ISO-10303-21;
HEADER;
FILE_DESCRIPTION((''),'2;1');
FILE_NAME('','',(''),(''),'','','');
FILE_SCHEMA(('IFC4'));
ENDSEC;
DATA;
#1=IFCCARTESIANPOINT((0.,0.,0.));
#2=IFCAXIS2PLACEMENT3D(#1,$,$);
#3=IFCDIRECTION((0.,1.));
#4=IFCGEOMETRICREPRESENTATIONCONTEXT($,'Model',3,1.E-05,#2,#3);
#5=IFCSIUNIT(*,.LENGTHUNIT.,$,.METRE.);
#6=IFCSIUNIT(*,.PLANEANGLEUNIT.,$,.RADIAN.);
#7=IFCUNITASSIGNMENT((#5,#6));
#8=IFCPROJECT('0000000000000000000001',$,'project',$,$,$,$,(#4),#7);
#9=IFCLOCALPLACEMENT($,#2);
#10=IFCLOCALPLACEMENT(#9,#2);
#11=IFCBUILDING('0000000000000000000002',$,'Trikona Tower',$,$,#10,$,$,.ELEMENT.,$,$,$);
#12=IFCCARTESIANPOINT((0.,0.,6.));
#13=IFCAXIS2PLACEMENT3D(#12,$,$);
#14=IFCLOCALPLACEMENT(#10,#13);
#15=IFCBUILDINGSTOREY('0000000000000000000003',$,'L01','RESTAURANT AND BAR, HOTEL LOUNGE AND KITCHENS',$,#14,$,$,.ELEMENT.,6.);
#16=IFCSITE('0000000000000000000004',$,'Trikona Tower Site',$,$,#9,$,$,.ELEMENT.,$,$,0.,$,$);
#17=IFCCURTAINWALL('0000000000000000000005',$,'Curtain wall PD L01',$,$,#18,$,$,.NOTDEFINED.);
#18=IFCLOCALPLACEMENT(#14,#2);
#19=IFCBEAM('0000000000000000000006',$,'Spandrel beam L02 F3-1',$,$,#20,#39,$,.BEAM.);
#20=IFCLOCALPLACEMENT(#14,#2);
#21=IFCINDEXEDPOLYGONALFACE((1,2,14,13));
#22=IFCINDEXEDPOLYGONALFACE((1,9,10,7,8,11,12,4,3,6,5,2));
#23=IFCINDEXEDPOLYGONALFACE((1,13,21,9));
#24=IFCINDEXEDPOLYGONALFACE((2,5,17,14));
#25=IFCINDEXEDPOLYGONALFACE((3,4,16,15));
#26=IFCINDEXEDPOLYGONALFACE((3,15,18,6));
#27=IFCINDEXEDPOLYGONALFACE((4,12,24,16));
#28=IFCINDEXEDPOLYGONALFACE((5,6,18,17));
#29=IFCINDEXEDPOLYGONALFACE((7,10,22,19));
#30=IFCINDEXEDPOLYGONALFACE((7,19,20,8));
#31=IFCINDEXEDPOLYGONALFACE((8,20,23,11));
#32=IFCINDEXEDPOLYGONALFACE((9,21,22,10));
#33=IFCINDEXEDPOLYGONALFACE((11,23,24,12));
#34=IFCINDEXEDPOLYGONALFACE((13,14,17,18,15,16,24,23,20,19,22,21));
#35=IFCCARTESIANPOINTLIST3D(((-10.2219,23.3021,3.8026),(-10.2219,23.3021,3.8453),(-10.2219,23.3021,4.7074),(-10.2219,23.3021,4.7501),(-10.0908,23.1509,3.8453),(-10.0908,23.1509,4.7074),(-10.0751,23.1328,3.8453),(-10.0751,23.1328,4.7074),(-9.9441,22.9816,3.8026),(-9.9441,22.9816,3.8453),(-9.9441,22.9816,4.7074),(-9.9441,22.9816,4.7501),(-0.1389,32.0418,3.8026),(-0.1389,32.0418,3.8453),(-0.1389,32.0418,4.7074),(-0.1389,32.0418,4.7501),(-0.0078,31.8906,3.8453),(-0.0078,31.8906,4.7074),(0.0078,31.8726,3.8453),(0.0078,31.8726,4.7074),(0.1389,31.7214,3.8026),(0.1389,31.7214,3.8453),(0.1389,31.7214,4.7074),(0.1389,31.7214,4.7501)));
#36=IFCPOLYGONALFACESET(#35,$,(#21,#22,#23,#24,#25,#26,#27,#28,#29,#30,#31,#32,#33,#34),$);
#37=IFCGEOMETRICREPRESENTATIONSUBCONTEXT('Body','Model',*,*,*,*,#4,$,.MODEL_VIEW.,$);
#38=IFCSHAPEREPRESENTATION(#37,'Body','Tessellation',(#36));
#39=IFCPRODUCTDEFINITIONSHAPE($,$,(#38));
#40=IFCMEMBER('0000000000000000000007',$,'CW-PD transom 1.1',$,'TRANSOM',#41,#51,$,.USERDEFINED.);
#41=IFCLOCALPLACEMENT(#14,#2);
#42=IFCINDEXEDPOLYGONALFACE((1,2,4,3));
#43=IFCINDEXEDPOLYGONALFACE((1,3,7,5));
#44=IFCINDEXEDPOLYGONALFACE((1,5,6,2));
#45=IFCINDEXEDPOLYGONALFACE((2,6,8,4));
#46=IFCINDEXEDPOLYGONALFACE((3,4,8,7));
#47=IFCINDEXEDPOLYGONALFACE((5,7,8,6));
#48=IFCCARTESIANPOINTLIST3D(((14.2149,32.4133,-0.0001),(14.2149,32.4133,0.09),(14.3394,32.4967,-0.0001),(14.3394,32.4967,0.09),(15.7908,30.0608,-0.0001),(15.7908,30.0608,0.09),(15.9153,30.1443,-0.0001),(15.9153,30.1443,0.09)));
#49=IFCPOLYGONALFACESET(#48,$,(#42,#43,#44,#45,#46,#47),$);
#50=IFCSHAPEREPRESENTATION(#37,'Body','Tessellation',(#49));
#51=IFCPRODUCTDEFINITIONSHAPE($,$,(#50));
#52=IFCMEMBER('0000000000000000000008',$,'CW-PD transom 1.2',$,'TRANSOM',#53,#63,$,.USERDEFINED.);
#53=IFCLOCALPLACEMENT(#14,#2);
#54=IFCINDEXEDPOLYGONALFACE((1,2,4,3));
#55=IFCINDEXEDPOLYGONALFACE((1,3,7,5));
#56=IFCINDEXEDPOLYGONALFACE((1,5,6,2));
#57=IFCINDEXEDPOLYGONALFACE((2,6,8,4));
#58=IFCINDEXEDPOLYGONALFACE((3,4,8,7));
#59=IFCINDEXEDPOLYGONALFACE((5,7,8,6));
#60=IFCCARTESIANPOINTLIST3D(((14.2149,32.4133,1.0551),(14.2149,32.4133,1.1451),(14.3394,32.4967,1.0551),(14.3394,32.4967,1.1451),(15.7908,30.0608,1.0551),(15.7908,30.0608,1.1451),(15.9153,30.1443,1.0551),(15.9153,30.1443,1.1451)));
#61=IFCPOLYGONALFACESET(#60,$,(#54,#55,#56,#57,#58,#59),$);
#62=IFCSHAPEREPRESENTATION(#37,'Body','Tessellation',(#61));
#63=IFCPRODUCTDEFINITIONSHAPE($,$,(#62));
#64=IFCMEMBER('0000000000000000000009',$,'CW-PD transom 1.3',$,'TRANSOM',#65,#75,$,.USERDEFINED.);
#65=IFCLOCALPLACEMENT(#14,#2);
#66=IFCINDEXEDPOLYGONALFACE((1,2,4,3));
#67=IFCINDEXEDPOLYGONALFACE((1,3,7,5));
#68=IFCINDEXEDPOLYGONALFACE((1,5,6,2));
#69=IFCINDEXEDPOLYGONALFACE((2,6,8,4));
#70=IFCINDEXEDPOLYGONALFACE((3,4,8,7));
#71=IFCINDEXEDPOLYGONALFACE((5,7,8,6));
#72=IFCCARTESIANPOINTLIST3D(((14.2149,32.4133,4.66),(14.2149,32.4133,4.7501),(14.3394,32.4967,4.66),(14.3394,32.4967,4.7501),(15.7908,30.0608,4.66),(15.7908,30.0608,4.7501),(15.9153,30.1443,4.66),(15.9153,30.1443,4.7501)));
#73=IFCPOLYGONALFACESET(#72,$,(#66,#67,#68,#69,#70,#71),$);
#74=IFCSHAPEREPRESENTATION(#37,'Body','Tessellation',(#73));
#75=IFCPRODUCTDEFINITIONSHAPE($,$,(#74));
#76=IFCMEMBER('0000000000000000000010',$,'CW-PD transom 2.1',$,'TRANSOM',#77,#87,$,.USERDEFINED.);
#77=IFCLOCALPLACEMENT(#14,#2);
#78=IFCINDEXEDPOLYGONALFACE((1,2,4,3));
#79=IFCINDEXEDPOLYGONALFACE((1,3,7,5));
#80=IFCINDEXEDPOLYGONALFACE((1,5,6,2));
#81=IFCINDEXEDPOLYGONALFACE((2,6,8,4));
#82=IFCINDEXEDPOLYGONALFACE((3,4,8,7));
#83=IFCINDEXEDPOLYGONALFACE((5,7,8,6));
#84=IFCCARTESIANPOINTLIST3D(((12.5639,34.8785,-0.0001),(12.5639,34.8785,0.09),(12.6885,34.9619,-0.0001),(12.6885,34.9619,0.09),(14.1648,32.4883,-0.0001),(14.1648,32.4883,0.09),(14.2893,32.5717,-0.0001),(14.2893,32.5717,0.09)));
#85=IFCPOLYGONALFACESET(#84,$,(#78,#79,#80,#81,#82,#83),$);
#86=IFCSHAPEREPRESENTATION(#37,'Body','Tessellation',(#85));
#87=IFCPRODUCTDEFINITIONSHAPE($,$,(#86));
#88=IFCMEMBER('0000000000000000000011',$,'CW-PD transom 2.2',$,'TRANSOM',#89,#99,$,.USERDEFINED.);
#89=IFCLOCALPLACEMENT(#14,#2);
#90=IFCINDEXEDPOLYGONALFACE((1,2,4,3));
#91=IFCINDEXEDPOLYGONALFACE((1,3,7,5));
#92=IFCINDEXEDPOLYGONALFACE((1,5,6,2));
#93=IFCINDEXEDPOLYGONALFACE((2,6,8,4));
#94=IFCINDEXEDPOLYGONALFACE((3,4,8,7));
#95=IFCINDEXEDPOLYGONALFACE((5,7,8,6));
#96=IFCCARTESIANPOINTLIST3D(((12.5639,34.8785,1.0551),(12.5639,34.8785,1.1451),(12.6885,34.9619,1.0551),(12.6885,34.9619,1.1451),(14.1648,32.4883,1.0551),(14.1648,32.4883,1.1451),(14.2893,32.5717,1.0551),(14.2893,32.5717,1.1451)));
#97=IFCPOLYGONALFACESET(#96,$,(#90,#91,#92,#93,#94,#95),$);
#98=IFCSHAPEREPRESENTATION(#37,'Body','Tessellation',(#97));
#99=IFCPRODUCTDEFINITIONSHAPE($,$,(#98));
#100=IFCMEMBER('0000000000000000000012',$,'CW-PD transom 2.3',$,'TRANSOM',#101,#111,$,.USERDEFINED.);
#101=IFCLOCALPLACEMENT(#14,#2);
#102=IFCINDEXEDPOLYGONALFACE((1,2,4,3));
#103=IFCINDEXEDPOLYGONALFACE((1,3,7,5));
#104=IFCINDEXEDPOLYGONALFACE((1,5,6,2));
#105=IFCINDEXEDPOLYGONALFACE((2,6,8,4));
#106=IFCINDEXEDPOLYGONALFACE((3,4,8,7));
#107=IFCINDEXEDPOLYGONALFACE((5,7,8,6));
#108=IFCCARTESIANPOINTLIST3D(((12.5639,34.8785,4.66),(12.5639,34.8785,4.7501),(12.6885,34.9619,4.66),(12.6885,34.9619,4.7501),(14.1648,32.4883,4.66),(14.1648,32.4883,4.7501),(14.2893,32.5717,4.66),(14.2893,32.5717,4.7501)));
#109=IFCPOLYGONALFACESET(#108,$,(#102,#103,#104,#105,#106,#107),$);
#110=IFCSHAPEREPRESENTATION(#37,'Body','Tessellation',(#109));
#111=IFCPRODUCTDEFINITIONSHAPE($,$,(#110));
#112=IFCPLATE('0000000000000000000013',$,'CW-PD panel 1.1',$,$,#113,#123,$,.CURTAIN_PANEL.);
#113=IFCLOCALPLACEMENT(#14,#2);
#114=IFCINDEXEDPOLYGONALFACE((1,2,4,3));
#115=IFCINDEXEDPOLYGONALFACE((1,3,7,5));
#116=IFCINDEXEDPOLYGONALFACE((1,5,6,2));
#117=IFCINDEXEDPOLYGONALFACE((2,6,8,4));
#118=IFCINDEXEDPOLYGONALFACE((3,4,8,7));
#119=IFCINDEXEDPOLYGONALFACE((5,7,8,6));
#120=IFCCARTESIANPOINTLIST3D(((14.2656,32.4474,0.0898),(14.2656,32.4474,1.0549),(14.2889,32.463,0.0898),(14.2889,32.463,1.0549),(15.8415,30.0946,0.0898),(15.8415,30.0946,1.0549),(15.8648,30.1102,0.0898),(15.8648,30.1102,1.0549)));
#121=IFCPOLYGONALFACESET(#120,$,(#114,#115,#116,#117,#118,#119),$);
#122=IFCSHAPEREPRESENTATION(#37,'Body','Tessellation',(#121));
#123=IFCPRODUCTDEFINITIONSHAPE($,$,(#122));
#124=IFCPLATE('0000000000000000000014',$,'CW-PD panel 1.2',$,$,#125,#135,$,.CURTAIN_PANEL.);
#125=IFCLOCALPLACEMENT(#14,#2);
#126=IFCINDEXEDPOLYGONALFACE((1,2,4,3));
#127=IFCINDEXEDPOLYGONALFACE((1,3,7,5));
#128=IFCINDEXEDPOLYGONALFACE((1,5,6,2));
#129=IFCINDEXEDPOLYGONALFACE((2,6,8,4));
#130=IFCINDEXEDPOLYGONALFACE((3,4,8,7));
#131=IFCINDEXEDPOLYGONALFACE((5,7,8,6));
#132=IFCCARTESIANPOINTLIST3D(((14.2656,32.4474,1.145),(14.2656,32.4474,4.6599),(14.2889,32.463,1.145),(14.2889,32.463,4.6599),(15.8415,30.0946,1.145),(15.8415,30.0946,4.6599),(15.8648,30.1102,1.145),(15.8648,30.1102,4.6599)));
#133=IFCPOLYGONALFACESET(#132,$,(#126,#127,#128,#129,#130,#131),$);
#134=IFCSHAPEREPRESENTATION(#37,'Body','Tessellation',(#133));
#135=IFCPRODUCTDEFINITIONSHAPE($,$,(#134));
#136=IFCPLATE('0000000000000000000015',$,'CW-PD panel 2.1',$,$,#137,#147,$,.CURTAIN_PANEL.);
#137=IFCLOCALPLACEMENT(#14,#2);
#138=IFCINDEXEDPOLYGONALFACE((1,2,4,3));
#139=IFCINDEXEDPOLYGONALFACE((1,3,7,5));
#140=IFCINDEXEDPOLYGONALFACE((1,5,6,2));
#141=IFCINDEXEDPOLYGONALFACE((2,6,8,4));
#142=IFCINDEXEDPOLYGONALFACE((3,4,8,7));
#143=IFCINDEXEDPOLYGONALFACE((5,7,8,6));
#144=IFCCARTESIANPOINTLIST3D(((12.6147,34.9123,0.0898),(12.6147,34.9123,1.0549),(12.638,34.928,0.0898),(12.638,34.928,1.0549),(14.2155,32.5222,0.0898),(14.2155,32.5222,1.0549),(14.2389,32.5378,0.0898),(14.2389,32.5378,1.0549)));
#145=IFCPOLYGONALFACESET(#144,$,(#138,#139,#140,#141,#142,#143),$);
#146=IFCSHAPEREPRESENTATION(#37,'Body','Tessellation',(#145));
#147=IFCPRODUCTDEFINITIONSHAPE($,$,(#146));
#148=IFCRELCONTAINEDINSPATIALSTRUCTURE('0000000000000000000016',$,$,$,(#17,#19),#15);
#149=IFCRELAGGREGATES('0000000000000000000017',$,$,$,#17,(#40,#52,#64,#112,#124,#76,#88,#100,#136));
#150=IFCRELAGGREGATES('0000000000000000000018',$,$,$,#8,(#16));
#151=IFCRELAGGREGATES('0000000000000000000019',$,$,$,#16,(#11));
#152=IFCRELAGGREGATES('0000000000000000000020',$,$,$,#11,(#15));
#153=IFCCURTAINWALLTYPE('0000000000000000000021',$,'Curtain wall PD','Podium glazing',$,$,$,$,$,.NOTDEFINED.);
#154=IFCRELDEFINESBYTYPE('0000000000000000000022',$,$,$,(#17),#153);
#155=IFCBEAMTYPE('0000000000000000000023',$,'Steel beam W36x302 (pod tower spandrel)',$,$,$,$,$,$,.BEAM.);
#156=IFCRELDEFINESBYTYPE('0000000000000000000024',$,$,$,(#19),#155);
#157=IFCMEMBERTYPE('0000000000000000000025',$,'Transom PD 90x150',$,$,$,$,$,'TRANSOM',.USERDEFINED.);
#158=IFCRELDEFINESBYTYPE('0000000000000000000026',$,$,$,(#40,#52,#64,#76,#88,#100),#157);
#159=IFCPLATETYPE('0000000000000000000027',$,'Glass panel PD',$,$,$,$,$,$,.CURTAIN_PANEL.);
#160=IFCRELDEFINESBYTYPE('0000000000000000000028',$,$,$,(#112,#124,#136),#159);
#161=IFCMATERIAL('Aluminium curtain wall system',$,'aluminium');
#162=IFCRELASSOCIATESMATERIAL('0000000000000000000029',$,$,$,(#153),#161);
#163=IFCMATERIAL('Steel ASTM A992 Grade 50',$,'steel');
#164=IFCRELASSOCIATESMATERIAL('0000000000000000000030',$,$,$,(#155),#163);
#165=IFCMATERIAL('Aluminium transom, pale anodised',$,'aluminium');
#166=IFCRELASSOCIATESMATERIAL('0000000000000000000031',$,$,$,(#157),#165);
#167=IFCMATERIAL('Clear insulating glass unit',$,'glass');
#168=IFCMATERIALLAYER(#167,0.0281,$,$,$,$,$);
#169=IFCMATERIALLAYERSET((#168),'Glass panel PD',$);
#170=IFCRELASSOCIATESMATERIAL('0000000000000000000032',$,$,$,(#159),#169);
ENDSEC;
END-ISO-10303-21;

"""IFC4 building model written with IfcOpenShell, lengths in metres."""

from ifc_helpers import new_model, si_unit, direction, frame, origin, origin_2d, place, context, subcontext, project, spatial, rectangle, i_section, extrude, material, layer, layer_set, material_profile, profile_set, type_object, element, aggregate, save


model = new_model("IFC4")

# Units and contexts
model_context = context("Model", 3, precision=1e-05, world=origin(), true_north=direction((0.0, 1.0)))
body_context = subcontext(model_context, "Body", "Model", "MODEL_VIEW")
ifc_project = project(units=[si_unit("LENGTHUNIT", "METRE"), si_unit("PLANEANGLEUNIT", "RADIAN")], contexts=[model_context])

# Site, building, storey
site_placement = place(None, origin())
site = spatial("IfcSite", under=ifc_project, at=site_placement, Name="Trikona Tower Site", CompositionType="ELEMENT", RefElevation=0.0)
building_placement = place(site_placement, origin())
building = spatial("IfcBuilding", under=site, at=building_placement, Name="Trikona Tower", CompositionType="ELEMENT")
storey_placement = place(building_placement, frame((0.0, 0.0, 6.0)))
storey = spatial("IfcBuildingStorey", under=building, at=storey_placement, Name="L01", Description="RESTAURANT AND BAR, HOTEL LOUNGE AND KITCHENS", CompositionType="ELEMENT", Elevation=6.0)

# Curtain wall
ifc_material_1 = material(Name="Aluminium curtain wall system", Category="aluminium")
curtain_wall_type = type_object("IfcCurtainWallType", Name="Curtain wall PD", Description="Podium glazing", PredefinedType="NOTDEFINED", material=ifc_material_1)
curtain_wall_placement = place(storey_placement, origin())
curtain_wall = element("IfcCurtainWall", 1, at=curtain_wall_placement, inside=storey, type_object=curtain_wall_type, Name="Curtain wall PD L01", PredefinedType="NOTDEFINED")

# Beam
ifc_material_2 = material(Name="Steel ASTM A992 Grade 50", Category="steel")
ifc_material_profile_1 = material_profile(ifc_material_2, i_section(OverallWidth=0.4241, OverallDepth=0.9475, WebThickness=0.0239, FlangeThickness=0.0427, at=origin_2d()), Name="W36X302")
ifc_profile_set_1 = profile_set([ifc_material_profile_1], Name="Steel ASTM A992 Grade 50")
beam_type_1 = type_object("IfcBeamType", Name="Steel beam W36x302 (pod tower spandrel)", PredefinedType="BEAM", material=ifc_profile_set_1)
beam_1_placement = place(storey_placement, frame((0.0, 31.8816, 4.2764), z_axis=(-0.755647, -0.654979, 0.0), x_axis=(0.654979, -0.755647, 0.0)))
element("IfcBeam", 2, at=beam_1_placement, inside=storey, type_object=beam_type_1, Name="Spandrel beam L02 F3-1", PredefinedType="BEAM", context=body_context, shape_type="SweptSolid", body=[
    extrude(i_section(OverallWidth=0.4241, OverallDepth=0.9475, WebThickness=0.0239, FlangeThickness=0.0427, at=origin_2d()), origin(), (0.0, 0.0, 1.0), 13.3435),
])

# Members
ifc_material_3 = material(Name="Aluminium transom, pale anodised", Category="aluminium")
ifc_material_profile_2 = material_profile(ifc_material_3, rectangle(XDim=0.1499, YDim=0.0901, at=origin_2d()), Name="TRN-PD")
ifc_profile_set_2 = profile_set([ifc_material_profile_2], Name="Aluminium transom, pale anodised")
member_type_1 = type_object("IfcMemberType", Name="Transom PD 90x150", ElementType="TRANSOM", PredefinedType="USERDEFINED", material=ifc_profile_set_2)
member_1_placement = place(storey_placement, frame((15.853, 30.1025, 0.0449), z_axis=(-0.556549, 0.830815, 0.0), x_axis=(-0.830815, -0.556549, 0.0)))
member_1 = element("IfcMember", 3, at=member_1_placement, type_object=member_type_1, Name="CW-PD transom 1.1", ObjectType="TRANSOM", PredefinedType="USERDEFINED", context=body_context, shape_type="SweptSolid", body=[
    extrude(rectangle(XDim=0.1499, YDim=0.0901, at=origin_2d()), origin(), (0.0, 0.0, 1.0), 2.8315),
])
member_2_placement = place(storey_placement, frame((15.853, 30.1025, 1.1001), z_axis=(-0.556549, 0.830815, 0.0), x_axis=(-0.830815, -0.556549, 0.0)))
member_2 = element("IfcMember", 4, at=member_2_placement, type_object=member_type_1, Name="CW-PD transom 1.2", ObjectType="TRANSOM", PredefinedType="USERDEFINED", context=body_context, shape_type="SweptSolid", body=[
    extrude(rectangle(XDim=0.1499, YDim=0.0901, at=origin_2d()), origin(), (0.0, 0.0, 1.0), 2.8315),
])
member_3_placement = place(storey_placement, frame((15.853, 30.1025, 4.7051), z_axis=(-0.556549, 0.830815, 0.0), x_axis=(-0.830815, -0.556549, 0.0)))
member_3 = element("IfcMember", 5, at=member_3_placement, type_object=member_type_1, Name="CW-PD transom 1.3", ObjectType="TRANSOM", PredefinedType="USERDEFINED", context=body_context, shape_type="SweptSolid", body=[
    extrude(rectangle(XDim=0.1499, YDim=0.0901, at=origin_2d()), origin(), (0.0, 0.0, 1.0), 2.8315),
])
member_4_placement = place(storey_placement, frame((14.2271, 32.53, 0.0449), z_axis=(-0.556481, 0.83086, 0.0), x_axis=(-0.83086, -0.556481, 0.0)))
member_4 = element("IfcMember", 6, at=member_4_placement, type_object=member_type_1, Name="CW-PD transom 2.1", ObjectType="TRANSOM", PredefinedType="USERDEFINED", context=body_context, shape_type="SweptSolid", body=[
    extrude(rectangle(XDim=0.1499, YDim=0.0901, at=origin_2d()), origin(), (0.0, 0.0, 1.0), 2.8767),
])
member_5_placement = place(storey_placement, frame((14.2271, 32.53, 1.1001), z_axis=(-0.556481, 0.83086, 0.0), x_axis=(-0.83086, -0.556481, 0.0)))
member_5 = element("IfcMember", 7, at=member_5_placement, type_object=member_type_1, Name="CW-PD transom 2.2", ObjectType="TRANSOM", PredefinedType="USERDEFINED", context=body_context, shape_type="SweptSolid", body=[
    extrude(rectangle(XDim=0.1499, YDim=0.0901, at=origin_2d()), origin(), (0.0, 0.0, 1.0), 2.8767),
])
member_6_placement = place(storey_placement, frame((14.2271, 32.53, 4.7051), z_axis=(-0.556481, 0.83086, 0.0), x_axis=(-0.83086, -0.556481, 0.0)))
member_6 = element("IfcMember", 8, at=member_6_placement, type_object=member_type_1, Name="CW-PD transom 2.3", ObjectType="TRANSOM", PredefinedType="USERDEFINED", context=body_context, shape_type="SweptSolid", body=[
    extrude(rectangle(XDim=0.1499, YDim=0.0901, at=origin_2d()), origin(), (0.0, 0.0, 1.0), 2.8767),
])

# Plates
ifc_material_4 = material(Name="Clear insulating glass unit", Category="glass")
ifc_layer = layer(ifc_material_4, 0.0281)
ifc_layer_set = layer_set([ifc_layer], Name="Glass panel PD")
plate_type = type_object("IfcPlateType", Name="Glass panel PD", PredefinedType="CURTAIN_PANEL", material=ifc_layer_set)
plate_1_placement = place(storey_placement, frame((15.0652, 31.2788, 0.0898), z_axis=(0.0, 0.0, 1.0), x_axis=(-0.556493, 0.830852, 0.0)))
plate_1 = element("IfcPlate", 9, at=plate_1_placement, type_object=plate_type, Name="CW-PD panel 1.1", PredefinedType="CURTAIN_PANEL", context=body_context, shape_type="SweptSolid", body=[
    extrude(rectangle(XDim=2.8318, YDim=0.0281, at=origin_2d()), origin(), (0.0, 0.0, 1.0), 0.9651),
])
plate_2_placement = place(storey_placement, frame((15.0652, 31.2788, 1.145), z_axis=(0.0, 0.0, 1.0), x_axis=(-0.556493, 0.830852, 0.0)))
plate_2 = element("IfcPlate", 10, at=plate_2_placement, type_object=plate_type, Name="CW-PD panel 1.2", PredefinedType="CURTAIN_PANEL", context=body_context, shape_type="SweptSolid", body=[
    extrude(rectangle(XDim=2.8318, YDim=0.0281, at=origin_2d()), origin(), (0.0, 0.0, 1.0), 3.5149),
])
plate_3_placement = place(storey_placement, frame((13.4268, 33.7251, 0.0898), z_axis=(0.0, 0.0, 1.0), x_axis=(-0.556493, 0.830852, 0.0)))
plate_3 = element("IfcPlate", 11, at=plate_3_placement, type_object=plate_type, Name="CW-PD panel 2.1", PredefinedType="CURTAIN_PANEL", context=body_context, shape_type="SweptSolid", body=[
    extrude(rectangle(XDim=2.8767, YDim=0.0281, at=origin_2d()), origin(), (0.0, 0.0, 1.0), 0.9651),
])
aggregate(curtain_wall, [member_1, member_2, member_3, plate_1, plate_2, member_4, member_5, member_6, plate_3])

save(model, "model.ifc")
